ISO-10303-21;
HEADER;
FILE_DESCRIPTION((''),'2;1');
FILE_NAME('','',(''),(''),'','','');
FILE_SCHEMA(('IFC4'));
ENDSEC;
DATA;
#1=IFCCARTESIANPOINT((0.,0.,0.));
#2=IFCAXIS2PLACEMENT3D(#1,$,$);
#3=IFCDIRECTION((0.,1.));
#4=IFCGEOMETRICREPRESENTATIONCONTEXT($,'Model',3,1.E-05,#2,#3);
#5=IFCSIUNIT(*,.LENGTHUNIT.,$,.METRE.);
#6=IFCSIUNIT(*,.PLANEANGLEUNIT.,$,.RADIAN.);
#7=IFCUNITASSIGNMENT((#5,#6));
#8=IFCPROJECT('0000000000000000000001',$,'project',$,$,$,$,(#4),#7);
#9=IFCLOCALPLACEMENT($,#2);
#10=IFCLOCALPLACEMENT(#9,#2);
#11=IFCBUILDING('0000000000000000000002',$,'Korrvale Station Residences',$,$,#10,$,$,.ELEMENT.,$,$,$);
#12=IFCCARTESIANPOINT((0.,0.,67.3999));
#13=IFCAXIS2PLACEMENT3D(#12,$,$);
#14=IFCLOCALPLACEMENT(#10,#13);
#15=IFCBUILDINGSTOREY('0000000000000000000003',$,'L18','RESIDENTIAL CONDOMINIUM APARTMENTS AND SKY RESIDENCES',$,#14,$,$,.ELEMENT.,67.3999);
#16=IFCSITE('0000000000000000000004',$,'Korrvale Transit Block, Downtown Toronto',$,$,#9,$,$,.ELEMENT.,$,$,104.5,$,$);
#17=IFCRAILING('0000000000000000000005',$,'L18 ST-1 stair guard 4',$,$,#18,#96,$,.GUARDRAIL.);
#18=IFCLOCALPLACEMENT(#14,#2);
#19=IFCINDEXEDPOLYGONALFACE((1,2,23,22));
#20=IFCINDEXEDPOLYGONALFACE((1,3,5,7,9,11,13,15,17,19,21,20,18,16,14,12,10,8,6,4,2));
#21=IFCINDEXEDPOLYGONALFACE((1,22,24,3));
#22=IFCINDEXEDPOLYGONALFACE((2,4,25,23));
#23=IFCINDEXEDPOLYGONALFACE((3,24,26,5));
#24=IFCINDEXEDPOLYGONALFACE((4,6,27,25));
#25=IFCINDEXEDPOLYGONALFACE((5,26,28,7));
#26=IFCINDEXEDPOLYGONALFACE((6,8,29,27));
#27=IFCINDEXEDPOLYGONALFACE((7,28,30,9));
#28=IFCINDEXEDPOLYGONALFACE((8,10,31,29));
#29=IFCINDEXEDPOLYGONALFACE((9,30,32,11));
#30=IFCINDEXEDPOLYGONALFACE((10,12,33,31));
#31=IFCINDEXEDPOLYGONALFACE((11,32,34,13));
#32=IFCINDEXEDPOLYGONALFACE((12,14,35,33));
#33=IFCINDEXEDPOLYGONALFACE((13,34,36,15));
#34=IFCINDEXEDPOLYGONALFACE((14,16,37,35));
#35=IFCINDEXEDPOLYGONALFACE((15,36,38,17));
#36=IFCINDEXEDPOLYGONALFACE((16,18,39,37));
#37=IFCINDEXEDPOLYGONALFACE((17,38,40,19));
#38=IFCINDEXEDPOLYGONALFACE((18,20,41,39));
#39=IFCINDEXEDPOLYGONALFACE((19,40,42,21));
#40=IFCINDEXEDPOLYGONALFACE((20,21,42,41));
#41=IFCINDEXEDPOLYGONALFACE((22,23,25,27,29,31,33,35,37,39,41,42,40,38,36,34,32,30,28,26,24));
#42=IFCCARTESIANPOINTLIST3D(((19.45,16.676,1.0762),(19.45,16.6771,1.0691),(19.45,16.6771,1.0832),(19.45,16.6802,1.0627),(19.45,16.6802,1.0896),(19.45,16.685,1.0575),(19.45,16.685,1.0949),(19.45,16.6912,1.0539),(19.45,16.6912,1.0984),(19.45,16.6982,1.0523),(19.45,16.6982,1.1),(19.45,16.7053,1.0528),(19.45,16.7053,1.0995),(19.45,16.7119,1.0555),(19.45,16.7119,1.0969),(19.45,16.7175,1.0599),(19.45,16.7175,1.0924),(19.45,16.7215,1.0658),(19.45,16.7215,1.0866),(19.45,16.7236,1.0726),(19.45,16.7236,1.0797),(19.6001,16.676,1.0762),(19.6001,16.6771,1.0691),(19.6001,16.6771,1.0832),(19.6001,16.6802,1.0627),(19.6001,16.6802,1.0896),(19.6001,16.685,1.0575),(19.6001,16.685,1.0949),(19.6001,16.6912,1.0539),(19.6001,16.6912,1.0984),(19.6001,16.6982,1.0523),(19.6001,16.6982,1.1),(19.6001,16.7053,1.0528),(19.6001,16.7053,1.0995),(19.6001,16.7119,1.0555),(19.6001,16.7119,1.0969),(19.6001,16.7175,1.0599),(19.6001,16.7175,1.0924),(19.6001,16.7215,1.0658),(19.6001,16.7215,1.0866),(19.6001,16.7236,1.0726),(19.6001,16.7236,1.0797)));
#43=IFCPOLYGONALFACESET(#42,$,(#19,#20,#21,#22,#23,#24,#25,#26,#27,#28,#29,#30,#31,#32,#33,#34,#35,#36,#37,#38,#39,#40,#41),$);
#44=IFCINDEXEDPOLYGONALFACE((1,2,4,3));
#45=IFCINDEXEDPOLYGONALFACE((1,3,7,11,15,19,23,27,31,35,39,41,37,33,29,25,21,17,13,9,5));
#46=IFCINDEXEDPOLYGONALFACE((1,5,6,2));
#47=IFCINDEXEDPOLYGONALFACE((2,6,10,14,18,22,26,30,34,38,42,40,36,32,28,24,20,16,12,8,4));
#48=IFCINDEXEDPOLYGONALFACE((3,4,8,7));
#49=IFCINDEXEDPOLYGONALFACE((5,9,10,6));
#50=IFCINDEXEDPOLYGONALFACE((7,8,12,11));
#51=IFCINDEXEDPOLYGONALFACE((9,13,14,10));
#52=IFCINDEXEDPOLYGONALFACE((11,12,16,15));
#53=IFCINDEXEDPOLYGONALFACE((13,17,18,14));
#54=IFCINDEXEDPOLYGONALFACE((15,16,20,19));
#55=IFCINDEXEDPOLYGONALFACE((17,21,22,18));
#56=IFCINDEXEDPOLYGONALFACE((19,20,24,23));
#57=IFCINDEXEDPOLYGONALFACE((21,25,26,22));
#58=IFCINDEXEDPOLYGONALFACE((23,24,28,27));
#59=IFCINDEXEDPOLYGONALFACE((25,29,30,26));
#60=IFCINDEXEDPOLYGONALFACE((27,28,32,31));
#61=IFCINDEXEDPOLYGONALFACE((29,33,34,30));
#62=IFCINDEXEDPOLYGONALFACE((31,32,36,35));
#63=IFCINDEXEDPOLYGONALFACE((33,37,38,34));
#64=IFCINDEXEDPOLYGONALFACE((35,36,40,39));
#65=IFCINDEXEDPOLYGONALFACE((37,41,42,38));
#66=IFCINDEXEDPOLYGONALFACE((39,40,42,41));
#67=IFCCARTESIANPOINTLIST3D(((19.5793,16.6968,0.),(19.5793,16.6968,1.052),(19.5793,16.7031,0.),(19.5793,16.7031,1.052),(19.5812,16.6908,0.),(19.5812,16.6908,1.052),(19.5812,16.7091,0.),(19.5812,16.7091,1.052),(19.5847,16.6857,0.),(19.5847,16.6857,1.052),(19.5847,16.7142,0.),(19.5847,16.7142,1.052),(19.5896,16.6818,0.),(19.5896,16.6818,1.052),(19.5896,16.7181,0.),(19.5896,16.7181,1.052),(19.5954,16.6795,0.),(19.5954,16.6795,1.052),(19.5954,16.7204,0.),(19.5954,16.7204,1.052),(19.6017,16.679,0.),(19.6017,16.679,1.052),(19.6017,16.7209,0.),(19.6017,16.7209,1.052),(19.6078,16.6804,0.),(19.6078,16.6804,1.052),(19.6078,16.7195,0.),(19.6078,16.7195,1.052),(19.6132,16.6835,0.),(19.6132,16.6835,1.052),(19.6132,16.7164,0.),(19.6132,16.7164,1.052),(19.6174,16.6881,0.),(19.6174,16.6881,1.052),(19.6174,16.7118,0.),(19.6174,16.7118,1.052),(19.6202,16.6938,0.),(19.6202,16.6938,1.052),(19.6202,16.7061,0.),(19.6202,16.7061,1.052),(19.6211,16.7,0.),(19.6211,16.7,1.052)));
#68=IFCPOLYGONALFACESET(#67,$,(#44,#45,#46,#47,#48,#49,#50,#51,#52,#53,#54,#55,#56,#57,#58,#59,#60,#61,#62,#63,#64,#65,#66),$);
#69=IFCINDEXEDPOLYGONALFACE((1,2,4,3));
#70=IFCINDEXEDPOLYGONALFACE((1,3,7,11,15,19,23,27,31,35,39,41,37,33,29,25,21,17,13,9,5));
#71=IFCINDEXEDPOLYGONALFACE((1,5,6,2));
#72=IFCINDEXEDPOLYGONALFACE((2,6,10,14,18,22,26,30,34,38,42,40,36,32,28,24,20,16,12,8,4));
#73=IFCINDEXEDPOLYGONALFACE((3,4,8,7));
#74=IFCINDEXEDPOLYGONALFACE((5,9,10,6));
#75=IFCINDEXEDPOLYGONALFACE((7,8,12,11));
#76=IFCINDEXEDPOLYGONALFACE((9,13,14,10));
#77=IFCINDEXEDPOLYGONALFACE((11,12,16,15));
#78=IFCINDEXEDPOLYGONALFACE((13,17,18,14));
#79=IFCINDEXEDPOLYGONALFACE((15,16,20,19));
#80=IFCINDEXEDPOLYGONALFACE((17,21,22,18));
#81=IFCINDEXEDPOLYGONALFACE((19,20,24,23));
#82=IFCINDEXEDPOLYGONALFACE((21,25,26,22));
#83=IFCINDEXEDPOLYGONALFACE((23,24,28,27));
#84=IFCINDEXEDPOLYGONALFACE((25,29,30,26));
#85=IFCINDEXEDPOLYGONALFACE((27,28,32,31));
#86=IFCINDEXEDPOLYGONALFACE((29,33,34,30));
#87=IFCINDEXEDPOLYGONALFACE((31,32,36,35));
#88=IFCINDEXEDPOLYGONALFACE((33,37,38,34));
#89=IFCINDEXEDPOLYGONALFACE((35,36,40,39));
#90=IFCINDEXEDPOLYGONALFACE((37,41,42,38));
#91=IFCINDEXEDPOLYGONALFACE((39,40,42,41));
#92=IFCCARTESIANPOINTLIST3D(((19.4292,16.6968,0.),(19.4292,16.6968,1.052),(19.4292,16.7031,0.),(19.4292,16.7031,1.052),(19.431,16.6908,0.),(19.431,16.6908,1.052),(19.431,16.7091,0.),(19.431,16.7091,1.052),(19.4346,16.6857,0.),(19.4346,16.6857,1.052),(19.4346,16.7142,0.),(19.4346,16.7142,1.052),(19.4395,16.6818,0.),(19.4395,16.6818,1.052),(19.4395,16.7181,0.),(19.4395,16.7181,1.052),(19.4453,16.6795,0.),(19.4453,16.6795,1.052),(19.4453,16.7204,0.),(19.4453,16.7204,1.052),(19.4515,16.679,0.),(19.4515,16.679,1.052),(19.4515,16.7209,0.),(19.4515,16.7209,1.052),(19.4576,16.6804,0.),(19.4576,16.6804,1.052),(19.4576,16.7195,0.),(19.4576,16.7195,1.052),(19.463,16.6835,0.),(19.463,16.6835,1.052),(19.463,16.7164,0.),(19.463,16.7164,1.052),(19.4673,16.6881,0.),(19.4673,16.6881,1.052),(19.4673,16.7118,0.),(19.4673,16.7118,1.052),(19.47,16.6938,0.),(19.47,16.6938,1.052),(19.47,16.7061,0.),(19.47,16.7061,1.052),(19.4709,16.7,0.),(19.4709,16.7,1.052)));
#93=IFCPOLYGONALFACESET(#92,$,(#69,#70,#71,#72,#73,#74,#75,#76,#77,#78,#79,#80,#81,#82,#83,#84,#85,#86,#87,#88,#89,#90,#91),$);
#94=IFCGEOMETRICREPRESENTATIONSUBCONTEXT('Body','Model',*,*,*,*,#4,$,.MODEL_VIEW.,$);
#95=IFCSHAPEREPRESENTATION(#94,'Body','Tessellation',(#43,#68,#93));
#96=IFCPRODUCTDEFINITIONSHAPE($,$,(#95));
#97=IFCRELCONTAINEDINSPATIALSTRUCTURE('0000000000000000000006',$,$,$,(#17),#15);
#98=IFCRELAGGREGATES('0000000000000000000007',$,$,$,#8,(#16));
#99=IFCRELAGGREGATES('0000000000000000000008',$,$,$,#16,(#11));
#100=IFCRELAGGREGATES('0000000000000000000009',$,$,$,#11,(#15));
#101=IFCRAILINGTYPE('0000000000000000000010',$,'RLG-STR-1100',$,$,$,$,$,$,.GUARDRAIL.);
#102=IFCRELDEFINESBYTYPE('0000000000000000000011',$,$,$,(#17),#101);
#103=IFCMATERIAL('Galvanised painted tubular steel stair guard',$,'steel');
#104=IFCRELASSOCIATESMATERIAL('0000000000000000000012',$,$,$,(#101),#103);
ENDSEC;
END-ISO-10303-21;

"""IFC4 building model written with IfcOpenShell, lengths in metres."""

from ifc_helpers import new_model, si_unit, direction, frame, origin, origin_2d, place, context, subcontext, project, spatial, circle, extrude, material, type_object, element, save


model = new_model("IFC4")

# Units and contexts
model_context = context("Model", 3, precision=1e-05, world=origin(), true_north=direction((0.0, 1.0)))
body_context = subcontext(model_context, "Body", "Model", "MODEL_VIEW")
ifc_project = project(units=[si_unit("LENGTHUNIT", "METRE"), si_unit("PLANEANGLEUNIT", "RADIAN")], contexts=[model_context])

# Site, building, storey
site_placement = place(None, origin())
site = spatial("IfcSite", under=ifc_project, at=site_placement, Name="Korrvale Transit Block, Downtown Toronto", CompositionType="ELEMENT", RefElevation=104.5)
building_placement = place(site_placement, origin())
building = spatial("IfcBuilding", under=site, at=building_placement, Name="Korrvale Station Residences", CompositionType="ELEMENT")
storey_placement = place(building_placement, frame((0.0, 0.0, 67.3999)))
storey = spatial("IfcBuildingStorey", under=building, at=storey_placement, Name="L18", Description="RESIDENTIAL CONDOMINIUM APARTMENTS AND SKY RESIDENCES", CompositionType="ELEMENT", Elevation=67.3999)

# Railing
ifc_material_1 = material(Name="Galvanised painted tubular steel stair guard", Category="steel")
railing_type_1 = type_object("IfcRailingType", Name="RLG-STR-1100", PredefinedType="GUARDRAIL", material=ifc_material_1)
railing_1_placement = place(storey_placement, frame((19.6001, 16.7, 0.0)))
element("IfcRailing", 1, at=railing_1_placement, inside=storey, type_object=railing_type_1, Name="L18 ST-1 stair guard 4", PredefinedType="GUARDRAIL", context=body_context, shape_type="SweptSolid", body=[
    extrude(circle(Radius=0.0239, at=origin_2d()), frame((0.0, 0.0, 1.0762), z_axis=(-1.0, 0.0, 0.0), x_axis=(0.0, -1.0, 0.0)), (0.0, 0.0, 1.0), 0.1501),
    extrude(circle(Radius=0.021, at=origin_2d()), origin(), (0.0, 0.0, 1.0), 1.052),
    extrude(circle(Radius=0.021, at=origin_2d()), frame((-0.1501, 0.0, 0.0)), (0.0, 0.0, 1.0), 1.052),
])

save(model, "model.ifc")
